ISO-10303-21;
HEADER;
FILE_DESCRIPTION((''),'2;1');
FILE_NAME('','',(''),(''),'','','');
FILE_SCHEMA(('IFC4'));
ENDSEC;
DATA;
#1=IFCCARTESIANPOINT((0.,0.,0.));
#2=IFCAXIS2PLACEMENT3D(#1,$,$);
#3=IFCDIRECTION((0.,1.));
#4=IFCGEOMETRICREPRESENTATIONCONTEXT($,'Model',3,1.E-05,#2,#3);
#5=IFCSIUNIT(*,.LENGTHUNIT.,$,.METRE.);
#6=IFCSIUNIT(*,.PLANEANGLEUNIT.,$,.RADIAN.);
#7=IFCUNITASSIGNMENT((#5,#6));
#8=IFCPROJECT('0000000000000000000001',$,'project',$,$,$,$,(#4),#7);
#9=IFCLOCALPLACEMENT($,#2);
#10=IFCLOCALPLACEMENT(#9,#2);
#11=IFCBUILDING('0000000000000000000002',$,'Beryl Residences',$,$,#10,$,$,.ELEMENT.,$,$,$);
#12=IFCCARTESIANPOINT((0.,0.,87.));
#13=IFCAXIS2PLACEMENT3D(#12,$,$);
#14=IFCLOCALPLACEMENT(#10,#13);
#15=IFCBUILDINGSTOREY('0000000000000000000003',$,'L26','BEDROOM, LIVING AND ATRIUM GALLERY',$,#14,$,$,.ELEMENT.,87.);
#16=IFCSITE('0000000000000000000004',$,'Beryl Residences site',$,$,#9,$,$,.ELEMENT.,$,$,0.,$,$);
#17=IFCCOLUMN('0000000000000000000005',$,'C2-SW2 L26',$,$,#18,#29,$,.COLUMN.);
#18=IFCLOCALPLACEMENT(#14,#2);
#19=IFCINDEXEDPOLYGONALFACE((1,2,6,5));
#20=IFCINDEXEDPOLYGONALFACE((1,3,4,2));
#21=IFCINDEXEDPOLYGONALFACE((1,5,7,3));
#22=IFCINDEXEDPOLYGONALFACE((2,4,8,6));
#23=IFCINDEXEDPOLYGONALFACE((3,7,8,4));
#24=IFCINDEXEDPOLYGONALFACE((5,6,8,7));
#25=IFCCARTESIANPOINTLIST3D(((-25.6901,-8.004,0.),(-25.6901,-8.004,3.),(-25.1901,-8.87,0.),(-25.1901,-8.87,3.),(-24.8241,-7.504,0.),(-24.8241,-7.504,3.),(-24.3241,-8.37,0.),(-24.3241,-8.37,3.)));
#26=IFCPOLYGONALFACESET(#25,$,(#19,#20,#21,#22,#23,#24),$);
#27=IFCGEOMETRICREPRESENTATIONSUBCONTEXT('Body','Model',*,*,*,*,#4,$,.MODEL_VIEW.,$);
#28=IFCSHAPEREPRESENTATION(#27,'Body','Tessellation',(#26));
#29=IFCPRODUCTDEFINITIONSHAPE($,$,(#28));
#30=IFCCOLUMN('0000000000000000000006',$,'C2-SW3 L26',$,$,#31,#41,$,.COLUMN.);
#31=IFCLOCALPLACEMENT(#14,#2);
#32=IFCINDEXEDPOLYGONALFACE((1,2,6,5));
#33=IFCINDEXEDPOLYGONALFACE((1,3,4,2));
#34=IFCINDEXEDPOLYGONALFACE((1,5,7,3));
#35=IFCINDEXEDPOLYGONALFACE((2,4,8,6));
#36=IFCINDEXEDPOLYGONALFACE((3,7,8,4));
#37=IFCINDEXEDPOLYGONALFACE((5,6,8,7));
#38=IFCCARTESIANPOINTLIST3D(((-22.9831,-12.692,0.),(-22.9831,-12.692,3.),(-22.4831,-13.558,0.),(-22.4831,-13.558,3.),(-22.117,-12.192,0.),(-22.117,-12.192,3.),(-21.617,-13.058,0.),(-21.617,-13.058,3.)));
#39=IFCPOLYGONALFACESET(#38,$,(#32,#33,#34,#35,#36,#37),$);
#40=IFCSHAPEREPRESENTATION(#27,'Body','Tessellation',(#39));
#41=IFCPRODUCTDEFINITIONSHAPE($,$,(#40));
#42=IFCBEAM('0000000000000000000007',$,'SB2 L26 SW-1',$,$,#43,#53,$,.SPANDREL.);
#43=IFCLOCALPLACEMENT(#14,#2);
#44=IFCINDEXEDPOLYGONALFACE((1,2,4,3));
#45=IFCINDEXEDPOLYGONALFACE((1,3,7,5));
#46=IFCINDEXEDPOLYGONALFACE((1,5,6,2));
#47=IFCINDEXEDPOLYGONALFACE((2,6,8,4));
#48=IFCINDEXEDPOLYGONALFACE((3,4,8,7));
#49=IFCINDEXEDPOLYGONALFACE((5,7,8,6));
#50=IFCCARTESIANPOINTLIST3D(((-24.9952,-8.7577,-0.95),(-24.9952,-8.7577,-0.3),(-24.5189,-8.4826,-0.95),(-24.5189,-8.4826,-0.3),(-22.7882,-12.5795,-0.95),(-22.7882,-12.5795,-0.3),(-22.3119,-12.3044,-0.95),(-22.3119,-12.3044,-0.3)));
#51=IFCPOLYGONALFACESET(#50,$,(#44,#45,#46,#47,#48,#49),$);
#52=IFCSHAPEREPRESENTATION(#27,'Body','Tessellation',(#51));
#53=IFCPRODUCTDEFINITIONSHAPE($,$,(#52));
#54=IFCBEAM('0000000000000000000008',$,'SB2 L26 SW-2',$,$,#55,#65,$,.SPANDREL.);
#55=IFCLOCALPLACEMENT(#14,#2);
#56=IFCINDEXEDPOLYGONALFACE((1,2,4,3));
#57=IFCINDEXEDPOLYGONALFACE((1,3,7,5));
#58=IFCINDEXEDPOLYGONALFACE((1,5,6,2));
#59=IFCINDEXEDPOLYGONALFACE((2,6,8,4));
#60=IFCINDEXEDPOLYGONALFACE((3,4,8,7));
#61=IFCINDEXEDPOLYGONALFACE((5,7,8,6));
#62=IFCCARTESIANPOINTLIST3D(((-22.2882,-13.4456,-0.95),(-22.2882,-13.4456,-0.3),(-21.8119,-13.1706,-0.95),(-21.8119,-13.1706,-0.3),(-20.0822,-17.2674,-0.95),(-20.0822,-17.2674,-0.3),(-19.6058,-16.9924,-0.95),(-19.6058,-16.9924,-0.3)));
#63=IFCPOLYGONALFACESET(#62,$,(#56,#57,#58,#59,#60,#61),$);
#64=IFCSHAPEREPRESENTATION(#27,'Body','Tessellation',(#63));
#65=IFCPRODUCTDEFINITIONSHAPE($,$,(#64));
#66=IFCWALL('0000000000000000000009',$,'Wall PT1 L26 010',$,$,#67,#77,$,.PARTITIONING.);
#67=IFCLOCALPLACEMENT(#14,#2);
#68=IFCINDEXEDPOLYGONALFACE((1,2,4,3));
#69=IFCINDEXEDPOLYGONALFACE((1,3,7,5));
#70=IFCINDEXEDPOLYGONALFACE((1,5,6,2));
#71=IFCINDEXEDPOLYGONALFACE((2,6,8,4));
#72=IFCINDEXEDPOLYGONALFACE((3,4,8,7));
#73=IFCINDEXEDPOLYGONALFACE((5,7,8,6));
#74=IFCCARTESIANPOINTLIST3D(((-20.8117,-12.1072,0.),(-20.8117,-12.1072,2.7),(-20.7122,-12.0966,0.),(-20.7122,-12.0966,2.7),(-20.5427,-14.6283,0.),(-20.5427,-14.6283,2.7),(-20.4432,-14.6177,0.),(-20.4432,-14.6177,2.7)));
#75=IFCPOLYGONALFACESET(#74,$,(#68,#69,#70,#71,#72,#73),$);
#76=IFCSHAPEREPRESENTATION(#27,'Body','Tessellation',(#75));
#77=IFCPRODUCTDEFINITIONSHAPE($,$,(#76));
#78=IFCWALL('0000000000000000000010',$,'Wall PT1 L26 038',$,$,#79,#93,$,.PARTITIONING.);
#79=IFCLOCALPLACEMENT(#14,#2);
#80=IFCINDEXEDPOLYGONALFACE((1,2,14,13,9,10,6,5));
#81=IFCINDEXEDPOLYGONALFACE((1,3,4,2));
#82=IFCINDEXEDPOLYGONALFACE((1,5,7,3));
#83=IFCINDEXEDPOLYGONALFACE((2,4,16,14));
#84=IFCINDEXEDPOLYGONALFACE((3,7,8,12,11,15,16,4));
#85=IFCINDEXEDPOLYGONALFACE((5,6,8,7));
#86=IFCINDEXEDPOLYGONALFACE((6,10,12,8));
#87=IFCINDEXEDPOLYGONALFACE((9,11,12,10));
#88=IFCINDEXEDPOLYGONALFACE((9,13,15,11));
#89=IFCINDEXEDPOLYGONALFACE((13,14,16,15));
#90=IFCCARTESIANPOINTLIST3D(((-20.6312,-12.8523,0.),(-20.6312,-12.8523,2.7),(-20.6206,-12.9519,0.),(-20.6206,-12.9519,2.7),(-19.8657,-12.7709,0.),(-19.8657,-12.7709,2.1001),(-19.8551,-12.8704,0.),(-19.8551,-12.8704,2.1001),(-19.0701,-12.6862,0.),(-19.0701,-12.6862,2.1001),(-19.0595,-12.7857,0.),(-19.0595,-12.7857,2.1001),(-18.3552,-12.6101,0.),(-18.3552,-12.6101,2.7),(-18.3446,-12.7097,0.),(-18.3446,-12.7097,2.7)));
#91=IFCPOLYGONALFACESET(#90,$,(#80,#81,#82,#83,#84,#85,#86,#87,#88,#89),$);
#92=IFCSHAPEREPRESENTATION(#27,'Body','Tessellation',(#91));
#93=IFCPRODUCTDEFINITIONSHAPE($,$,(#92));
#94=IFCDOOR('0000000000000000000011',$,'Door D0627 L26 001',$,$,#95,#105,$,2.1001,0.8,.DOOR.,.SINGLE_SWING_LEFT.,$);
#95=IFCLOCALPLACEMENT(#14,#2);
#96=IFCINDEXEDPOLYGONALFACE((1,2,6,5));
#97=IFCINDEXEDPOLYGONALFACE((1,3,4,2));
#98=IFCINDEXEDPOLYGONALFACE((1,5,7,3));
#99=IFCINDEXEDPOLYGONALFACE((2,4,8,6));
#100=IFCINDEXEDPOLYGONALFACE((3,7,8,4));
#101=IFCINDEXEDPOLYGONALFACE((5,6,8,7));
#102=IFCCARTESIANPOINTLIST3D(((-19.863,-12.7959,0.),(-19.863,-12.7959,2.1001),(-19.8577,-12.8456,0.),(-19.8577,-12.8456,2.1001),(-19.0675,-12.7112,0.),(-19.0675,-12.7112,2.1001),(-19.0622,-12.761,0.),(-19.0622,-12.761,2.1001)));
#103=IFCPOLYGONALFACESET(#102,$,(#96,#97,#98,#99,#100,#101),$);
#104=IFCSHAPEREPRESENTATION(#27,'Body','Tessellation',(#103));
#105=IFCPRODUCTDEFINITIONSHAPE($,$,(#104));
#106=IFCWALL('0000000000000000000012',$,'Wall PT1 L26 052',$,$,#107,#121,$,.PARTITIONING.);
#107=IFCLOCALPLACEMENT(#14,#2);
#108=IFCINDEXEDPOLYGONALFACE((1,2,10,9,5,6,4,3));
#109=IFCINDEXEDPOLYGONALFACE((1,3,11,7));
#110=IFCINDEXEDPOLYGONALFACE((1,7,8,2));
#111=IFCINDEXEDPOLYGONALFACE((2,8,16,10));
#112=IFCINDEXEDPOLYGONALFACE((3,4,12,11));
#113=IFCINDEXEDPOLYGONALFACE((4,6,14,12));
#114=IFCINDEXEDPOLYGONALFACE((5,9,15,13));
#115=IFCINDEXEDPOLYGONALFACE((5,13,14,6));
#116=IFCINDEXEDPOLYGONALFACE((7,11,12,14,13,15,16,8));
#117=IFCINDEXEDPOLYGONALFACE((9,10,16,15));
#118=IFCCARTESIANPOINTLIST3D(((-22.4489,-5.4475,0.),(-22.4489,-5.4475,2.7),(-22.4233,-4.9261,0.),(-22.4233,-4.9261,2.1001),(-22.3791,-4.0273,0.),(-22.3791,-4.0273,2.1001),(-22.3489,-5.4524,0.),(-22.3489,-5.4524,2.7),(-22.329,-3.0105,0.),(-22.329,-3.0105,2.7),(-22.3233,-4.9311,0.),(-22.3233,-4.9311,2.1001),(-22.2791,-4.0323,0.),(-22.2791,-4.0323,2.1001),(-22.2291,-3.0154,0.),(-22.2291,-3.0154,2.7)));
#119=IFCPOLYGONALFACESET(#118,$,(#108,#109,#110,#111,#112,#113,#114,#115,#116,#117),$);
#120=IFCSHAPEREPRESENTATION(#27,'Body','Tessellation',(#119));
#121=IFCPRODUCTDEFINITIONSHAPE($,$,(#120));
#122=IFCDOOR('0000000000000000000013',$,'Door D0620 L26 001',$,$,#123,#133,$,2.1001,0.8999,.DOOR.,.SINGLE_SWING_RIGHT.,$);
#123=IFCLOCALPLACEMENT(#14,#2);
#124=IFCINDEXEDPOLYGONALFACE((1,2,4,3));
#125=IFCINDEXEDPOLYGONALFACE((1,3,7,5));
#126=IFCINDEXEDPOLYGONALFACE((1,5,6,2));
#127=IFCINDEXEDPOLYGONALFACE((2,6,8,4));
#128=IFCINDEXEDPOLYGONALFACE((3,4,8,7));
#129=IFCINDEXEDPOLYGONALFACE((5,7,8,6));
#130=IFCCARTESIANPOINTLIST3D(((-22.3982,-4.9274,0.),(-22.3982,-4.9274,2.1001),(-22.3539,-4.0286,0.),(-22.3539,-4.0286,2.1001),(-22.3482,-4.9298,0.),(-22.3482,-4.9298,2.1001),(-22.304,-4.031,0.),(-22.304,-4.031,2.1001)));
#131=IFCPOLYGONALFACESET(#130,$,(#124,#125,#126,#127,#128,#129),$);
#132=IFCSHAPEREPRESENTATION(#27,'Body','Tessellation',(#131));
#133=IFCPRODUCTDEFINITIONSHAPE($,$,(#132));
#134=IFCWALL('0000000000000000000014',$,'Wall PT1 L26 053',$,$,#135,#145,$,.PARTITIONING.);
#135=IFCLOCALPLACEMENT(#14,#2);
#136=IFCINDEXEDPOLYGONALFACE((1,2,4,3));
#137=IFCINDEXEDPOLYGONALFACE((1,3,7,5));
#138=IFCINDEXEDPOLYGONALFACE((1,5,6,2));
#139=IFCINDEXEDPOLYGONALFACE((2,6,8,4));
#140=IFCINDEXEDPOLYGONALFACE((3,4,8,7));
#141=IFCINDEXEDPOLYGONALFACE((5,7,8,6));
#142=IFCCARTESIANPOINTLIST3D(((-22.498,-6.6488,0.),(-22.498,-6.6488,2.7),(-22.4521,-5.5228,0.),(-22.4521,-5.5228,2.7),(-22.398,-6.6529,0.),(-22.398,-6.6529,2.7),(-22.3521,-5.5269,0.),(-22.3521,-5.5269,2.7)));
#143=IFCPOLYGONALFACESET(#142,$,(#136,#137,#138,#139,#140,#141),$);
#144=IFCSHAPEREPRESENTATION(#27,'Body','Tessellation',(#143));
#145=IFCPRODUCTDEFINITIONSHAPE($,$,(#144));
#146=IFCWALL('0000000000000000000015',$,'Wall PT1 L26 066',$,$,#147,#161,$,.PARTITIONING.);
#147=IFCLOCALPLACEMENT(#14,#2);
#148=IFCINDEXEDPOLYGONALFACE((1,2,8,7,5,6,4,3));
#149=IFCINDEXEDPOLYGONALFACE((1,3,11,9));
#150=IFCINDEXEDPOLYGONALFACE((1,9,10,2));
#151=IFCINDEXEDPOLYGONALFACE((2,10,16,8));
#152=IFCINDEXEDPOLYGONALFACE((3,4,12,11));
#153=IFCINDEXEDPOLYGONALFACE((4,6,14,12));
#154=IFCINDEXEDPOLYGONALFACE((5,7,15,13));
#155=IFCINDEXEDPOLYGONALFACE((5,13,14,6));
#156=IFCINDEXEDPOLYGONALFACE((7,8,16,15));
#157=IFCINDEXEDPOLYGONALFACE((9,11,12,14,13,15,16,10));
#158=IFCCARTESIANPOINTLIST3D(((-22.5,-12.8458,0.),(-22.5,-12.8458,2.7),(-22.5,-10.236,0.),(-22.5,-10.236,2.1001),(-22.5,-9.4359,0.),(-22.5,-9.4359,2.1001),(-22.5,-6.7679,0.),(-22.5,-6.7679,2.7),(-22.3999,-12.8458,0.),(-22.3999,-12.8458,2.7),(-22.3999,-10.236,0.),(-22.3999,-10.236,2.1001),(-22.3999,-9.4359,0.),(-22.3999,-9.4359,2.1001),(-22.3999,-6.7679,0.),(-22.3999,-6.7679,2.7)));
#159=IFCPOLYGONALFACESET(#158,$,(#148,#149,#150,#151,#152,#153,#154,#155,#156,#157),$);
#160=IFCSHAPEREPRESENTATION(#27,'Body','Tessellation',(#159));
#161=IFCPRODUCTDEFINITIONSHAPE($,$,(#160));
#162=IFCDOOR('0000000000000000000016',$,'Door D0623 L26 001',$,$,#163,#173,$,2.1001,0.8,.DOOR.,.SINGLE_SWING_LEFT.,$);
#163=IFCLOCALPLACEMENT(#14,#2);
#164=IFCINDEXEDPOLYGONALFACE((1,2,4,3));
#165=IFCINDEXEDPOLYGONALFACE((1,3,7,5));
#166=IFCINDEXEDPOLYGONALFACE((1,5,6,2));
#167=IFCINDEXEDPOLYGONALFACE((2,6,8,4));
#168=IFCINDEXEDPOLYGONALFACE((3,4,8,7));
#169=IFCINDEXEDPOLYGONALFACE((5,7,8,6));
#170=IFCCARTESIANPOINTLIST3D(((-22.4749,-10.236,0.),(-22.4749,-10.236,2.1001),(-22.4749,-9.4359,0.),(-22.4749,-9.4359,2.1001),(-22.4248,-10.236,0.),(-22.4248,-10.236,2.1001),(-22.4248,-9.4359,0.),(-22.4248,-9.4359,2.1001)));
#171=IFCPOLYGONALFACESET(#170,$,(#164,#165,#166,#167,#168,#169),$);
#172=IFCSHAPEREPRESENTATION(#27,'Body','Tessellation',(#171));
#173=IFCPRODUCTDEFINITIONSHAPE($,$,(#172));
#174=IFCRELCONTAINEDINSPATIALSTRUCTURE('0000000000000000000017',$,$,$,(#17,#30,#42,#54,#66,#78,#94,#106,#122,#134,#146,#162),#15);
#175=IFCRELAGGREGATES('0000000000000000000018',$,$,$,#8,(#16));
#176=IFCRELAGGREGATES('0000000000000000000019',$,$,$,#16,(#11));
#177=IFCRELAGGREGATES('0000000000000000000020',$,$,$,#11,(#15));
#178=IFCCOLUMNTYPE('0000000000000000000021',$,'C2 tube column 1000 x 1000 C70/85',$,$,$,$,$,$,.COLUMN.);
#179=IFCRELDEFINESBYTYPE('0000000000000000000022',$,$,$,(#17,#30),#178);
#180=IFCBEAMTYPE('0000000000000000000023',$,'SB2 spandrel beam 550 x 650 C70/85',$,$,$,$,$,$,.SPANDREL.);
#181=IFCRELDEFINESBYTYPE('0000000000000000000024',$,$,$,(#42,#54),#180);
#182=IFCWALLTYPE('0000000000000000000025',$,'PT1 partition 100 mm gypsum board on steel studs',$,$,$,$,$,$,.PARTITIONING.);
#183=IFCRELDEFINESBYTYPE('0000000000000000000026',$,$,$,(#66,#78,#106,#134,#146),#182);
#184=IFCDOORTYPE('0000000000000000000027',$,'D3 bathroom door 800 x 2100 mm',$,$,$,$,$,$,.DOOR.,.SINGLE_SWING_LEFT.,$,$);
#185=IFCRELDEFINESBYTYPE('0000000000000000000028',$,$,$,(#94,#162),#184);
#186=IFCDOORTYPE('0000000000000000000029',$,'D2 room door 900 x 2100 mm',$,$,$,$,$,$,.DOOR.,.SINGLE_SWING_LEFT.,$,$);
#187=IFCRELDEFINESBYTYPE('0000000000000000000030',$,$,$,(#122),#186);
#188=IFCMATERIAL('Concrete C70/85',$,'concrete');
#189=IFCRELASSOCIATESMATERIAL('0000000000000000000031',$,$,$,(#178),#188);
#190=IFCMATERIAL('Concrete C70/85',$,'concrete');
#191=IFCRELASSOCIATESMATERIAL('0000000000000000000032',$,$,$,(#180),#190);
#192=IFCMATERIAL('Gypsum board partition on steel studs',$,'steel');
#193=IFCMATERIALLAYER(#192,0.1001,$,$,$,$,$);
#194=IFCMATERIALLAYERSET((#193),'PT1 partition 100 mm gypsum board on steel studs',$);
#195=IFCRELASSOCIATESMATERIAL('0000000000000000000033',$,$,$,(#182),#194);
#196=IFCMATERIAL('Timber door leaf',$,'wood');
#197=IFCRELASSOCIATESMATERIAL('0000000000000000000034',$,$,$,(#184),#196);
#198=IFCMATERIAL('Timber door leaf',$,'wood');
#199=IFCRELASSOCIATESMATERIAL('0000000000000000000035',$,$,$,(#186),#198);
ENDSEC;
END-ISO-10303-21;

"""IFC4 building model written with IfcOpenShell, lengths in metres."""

from ifc_helpers import new_model, si_unit, direction, frame, frame_2d, origin, origin_2d, place, context, subcontext, project, spatial, rectangle, extrude, material, layer, layer_set, material_profile, profile_set, type_object, element, fill, save


model = new_model("IFC4")

# Units and contexts
model_context = context("Model", 3, precision=1e-05, world=origin(), true_north=direction((0.0, 1.0)))
body_context = subcontext(model_context, "Body", "Model", "MODEL_VIEW")
ifc_project = project(units=[si_unit("LENGTHUNIT", "METRE"), si_unit("PLANEANGLEUNIT", "RADIAN")], contexts=[model_context])

# Site, building, storey
site_placement = place(None, origin())
site = spatial("IfcSite", under=ifc_project, at=site_placement, Name="Beryl Residences site", CompositionType="ELEMENT", RefElevation=0.0)
building_placement = place(site_placement, origin())
building = spatial("IfcBuilding", under=site, at=building_placement, Name="Beryl Residences", CompositionType="ELEMENT")
storey_placement = place(building_placement, frame((0.0, 0.0, 87.0)))
storey = spatial("IfcBuildingStorey", under=building, at=storey_placement, Name="L26", Description="BEDROOM, LIVING AND ATRIUM GALLERY", CompositionType="ELEMENT", Elevation=87.0)

# Columns
ifc_material_1 = material(Name="Concrete C70/85", Category="concrete")
ifc_material_profile_1 = material_profile(ifc_material_1, rectangle(XDim=1.0, YDim=1.0, at=origin_2d()))
ifc_profile_set_1 = profile_set([ifc_material_profile_1], Name="Concrete C70/85")
column_type = type_object("IfcColumnType", Name="C2 tube column 1000 x 1000 C70/85", PredefinedType="COLUMN", material=ifc_profile_set_1)
for number, where, z_axis, x_axis, name in (
    (1, (-25.0071, -8.187, 0.0), (0.0, 0.0, 1.0), (0.5, -0.866025, 0.0), "C2-SW2 L26"),
    (2, (-22.3, -12.875, 0.0), (0.0, 0.0, 1.0), (0.5, -0.866025, 0.0), "C2-SW3 L26"),
):
    element("IfcColumn", number, at=place(storey_placement, frame(where, z_axis=z_axis, x_axis=x_axis)), inside=storey, type_object=column_type, Name=name, PredefinedType="COLUMN", context=body_context, shape_type="SweptSolid", body=[
        extrude(rectangle(XDim=1.0, YDim=1.0, at=origin_2d()), origin(), (0.0, 0.0, 1.0), 3.0),
    ])

# Beams
ifc_material_2 = material(Name="Concrete C70/85", Category="concrete")
ifc_material_profile_2 = material_profile(ifc_material_2, rectangle(XDim=0.55, YDim=0.6499, at=origin_2d()))
ifc_profile_set_2 = profile_set([ifc_material_profile_2], Name="Concrete C70/85")
beam_type = type_object("IfcBeamType", Name="SB2 spandrel beam 550 x 650 C70/85", PredefinedType="SPANDREL", material=ifc_profile_set_2)
beam_1_placement = place(storey_placement, frame((-24.7571, -8.6201, -0.625), z_axis=(0.50009, -0.865974, 0.0), x_axis=(0.865974, 0.50009, 0.0)))
element("IfcBeam", 3, at=beam_1_placement, inside=storey, type_object=beam_type, Name="SB2 L26 SW-1", PredefinedType="SPANDREL", context=body_context, shape_type="SweptSolid", body=[
    extrude(rectangle(XDim=0.55, YDim=0.6499, at=origin_2d()), origin(), (0.0, 0.0, 1.0), 4.4133),
])
beam_2_placement = place(storey_placement, frame((-22.05, -13.3081, -0.625), z_axis=(0.499924, -0.86607, 0.0), x_axis=(0.86607, 0.499924, 0.0)))
element("IfcBeam", 4, at=beam_2_placement, inside=storey, type_object=beam_type, Name="SB2 L26 SW-2", PredefinedType="SPANDREL", context=body_context, shape_type="SweptSolid", body=[
    extrude(rectangle(XDim=0.55, YDim=0.6499, at=origin_2d()), origin(), (0.0, 0.0, 1.0), 4.4128),
])

# Wall
ifc_material_3 = material(Name="Gypsum board partition on steel studs", Category="steel")
ifc_layer_1 = layer(ifc_material_3, 0.1001)
ifc_layer_set_1 = layer_set([ifc_layer_1], Name="PT1 partition 100 mm gypsum board on steel studs")
wall_type_1 = type_object("IfcWallType", Name="PT1 partition 100 mm gypsum board on steel studs", PredefinedType="PARTITIONING", material=ifc_layer_set_1)
wall_1_placement = place(storey_placement, frame((-20.762, -12.1021, 0.0), z_axis=(0.0, 0.0, 1.0), x_axis=(0.106118, -0.994354, 0.0)))
element("IfcWall", 5, at=wall_1_placement, inside=storey, type_object=wall_type_1, Name="Wall PT1 L26 010", PredefinedType="PARTITIONING", context=body_context, shape_type="SweptSolid", body=[
    extrude(rectangle(XDim=2.5354, YDim=0.1001, at=frame_2d((1.2676, 0.0))), origin(), (0.0, 0.0, 1.0), 2.7),
])

# Walls, openings, doors
wall_2_placement = place(storey_placement, frame((-20.626, -12.9021, 0.0), z_axis=(0.0, 0.0, 1.0), x_axis=(0.994386, 0.105817, 0.0)))
wall_2 = element("IfcWall", 6, at=wall_2_placement, inside=storey, type_object=wall_type_1, Name="Wall PT1 L26 038", PredefinedType="PARTITIONING", context=body_context, shape_type="SweptSolid", body=[
    extrude(rectangle(XDim=2.2888, YDim=0.1001, at=frame_2d((1.1445, 0.0))), origin(), (0.0, 0.0, 1.0), 2.7),
])
opening_1_placement = place(wall_2_placement, frame((0.77, 0.0, 0.0)))
opening_1 = element("IfcOpeningElement", 7, at=opening_1_placement, cuts=wall_2, PredefinedType="OPENING", context=body_context, shape_type="SweptSolid", body=[
    extrude(rectangle(XDim=0.8, YDim=2.1001, at=frame_2d((0.3999, 1.05))), frame((0.0, 0.0601, 0.0), z_axis=(0.0, -1.0, 0.0), x_axis=(1.0, 0.0, 0.0)), (0.0, 0.0, 1.0), 0.1201),
])
ifc_material_4 = material(Name="Timber door leaf", Category="wood")
door_type_1 = type_object("IfcDoorType", Name="D3 bathroom door 800 x 2100 mm", OperationType="SINGLE_SWING_LEFT", PredefinedType="DOOR", material=ifc_material_4)
door_1_placement = place(opening_1_placement, origin())
door_1 = element("IfcDoor", 8, at=door_1_placement, inside=storey, type_object=door_type_1, Name="Door D0627 L26 001", OperationType="SINGLE_SWING_LEFT", OverallHeight=2.1001, OverallWidth=0.8, PredefinedType="DOOR", context=body_context, shape_type="SweptSolid", body=[
    extrude(rectangle(XDim=0.8, YDim=2.1001, at=frame_2d((0.3999, 1.05))), frame((0.0, 0.0249, 0.0), z_axis=(0.0, -1.0, 0.0), x_axis=(1.0, 0.0, 0.0)), (0.0, 0.0, 1.0), 0.05),
])
fill(opening_1, door_1)
wall_3_placement = place(storey_placement, frame((-22.3989, -5.45, 0.0), z_axis=(0.0, 0.0, 1.0), x_axis=(0.049129, 0.998792, 0.0)))
wall_3 = element("IfcWall", 9, at=wall_3_placement, inside=storey, type_object=wall_type_1, Name="Wall PT1 L26 052", PredefinedType="PARTITIONING", context=body_context, shape_type="SweptSolid", body=[
    extrude(rectangle(XDim=2.4399, YDim=0.1001, at=frame_2d((1.22, 0.0))), origin(), (0.0, 0.0, 1.0), 2.7),
])
opening_2_placement = place(wall_3_placement, frame((0.522, 0.0, 0.0)))
opening_2 = element("IfcOpeningElement", 10, at=opening_2_placement, cuts=wall_3, PredefinedType="OPENING", context=body_context, shape_type="SweptSolid", body=[
    extrude(rectangle(XDim=0.8999, YDim=2.1001, at=frame_2d((0.45, 1.05))), frame((0.0, 0.0601, 0.0), z_axis=(0.0, -1.0, 0.0), x_axis=(1.0, 0.0, 0.0)), (0.0, 0.0, 1.0), 0.1201),
])
ifc_material_5 = material(Name="Timber door leaf", Category="wood")
door_type_2 = type_object("IfcDoorType", Name="D2 room door 900 x 2100 mm", OperationType="SINGLE_SWING_LEFT", PredefinedType="DOOR", material=ifc_material_5)
door_2_placement = place(opening_2_placement, origin())
door_2 = element("IfcDoor", 11, at=door_2_placement, inside=storey, type_object=door_type_2, Name="Door D0620 L26 001", OperationType="SINGLE_SWING_RIGHT", OverallHeight=2.1001, OverallWidth=0.8999, PredefinedType="DOOR", context=body_context, shape_type="SweptSolid", body=[
    extrude(rectangle(XDim=0.8999, YDim=2.1001, at=frame_2d((0.45, 1.05))), frame((0.0, 0.0249, 0.0), z_axis=(0.0, -1.0, 0.0), x_axis=(1.0, 0.0, 0.0)), (0.0, 0.0, 1.0), 0.05),
])
fill(opening_2, door_2)

# Wall
wall_4_placement = place(storey_placement, frame((-22.448, -6.6509, 0.0), z_axis=(0.0, 0.0, 1.0), x_axis=(0.040729, 0.99917, 0.0)))
element("IfcWall", 12, at=wall_4_placement, inside=storey, type_object=wall_type_1, Name="Wall PT1 L26 053", PredefinedType="PARTITIONING", context=body_context, shape_type="SweptSolid", body=[
    extrude(rectangle(XDim=1.127, YDim=0.1001, at=frame_2d((0.5635, 0.0))), origin(), (0.0, 0.0, 1.0), 2.7),
])

# Wall, opening, door
wall_5_placement = place(storey_placement, frame((-22.45, -12.8459, 0.0), z_axis=(0.0, 0.0, 1.0), x_axis=(0.0, 1.0, 0.0)))
wall_5 = element("IfcWall", 13, at=wall_5_placement, inside=storey, type_object=wall_type_1, Name="Wall PT1 L26 066", PredefinedType="PARTITIONING", context=body_context, shape_type="SweptSolid", body=[
    extrude(rectangle(XDim=6.0779, YDim=0.1001, at=frame_2d((3.0391, 0.0))), origin(), (0.0, 0.0, 1.0), 2.7),
])
opening_3_placement = place(wall_5_placement, frame((2.6101, 0.0, 0.0)))
opening_3 = element("IfcOpeningElement", 14, at=opening_3_placement, cuts=wall_5, PredefinedType="OPENING", context=body_context, shape_type="SweptSolid", body=[
    extrude(rectangle(XDim=0.8, YDim=2.1001, at=frame_2d((0.3999, 1.05))), frame((0.0, 0.0601, 0.0), z_axis=(0.0, -1.0, 0.0), x_axis=(1.0, 0.0, 0.0)), (0.0, 0.0, 1.0), 0.1201),
])
door_3_placement = place(opening_3_placement, origin())
door_3 = element("IfcDoor", 15, at=door_3_placement, inside=storey, type_object=door_type_1, Name="Door D0623 L26 001", OperationType="SINGLE_SWING_LEFT", OverallHeight=2.1001, OverallWidth=0.8, PredefinedType="DOOR", context=body_context, shape_type="SweptSolid", body=[
    extrude(rectangle(XDim=0.8, YDim=2.1001, at=frame_2d((0.3999, 1.05))), frame((0.0, 0.0249, 0.0), z_axis=(0.0, -1.0, 0.0), x_axis=(1.0, 0.0, 0.0)), (0.0, 0.0, 1.0), 0.05),
])
fill(opening_3, door_3)

save(model, "model.ifc")
